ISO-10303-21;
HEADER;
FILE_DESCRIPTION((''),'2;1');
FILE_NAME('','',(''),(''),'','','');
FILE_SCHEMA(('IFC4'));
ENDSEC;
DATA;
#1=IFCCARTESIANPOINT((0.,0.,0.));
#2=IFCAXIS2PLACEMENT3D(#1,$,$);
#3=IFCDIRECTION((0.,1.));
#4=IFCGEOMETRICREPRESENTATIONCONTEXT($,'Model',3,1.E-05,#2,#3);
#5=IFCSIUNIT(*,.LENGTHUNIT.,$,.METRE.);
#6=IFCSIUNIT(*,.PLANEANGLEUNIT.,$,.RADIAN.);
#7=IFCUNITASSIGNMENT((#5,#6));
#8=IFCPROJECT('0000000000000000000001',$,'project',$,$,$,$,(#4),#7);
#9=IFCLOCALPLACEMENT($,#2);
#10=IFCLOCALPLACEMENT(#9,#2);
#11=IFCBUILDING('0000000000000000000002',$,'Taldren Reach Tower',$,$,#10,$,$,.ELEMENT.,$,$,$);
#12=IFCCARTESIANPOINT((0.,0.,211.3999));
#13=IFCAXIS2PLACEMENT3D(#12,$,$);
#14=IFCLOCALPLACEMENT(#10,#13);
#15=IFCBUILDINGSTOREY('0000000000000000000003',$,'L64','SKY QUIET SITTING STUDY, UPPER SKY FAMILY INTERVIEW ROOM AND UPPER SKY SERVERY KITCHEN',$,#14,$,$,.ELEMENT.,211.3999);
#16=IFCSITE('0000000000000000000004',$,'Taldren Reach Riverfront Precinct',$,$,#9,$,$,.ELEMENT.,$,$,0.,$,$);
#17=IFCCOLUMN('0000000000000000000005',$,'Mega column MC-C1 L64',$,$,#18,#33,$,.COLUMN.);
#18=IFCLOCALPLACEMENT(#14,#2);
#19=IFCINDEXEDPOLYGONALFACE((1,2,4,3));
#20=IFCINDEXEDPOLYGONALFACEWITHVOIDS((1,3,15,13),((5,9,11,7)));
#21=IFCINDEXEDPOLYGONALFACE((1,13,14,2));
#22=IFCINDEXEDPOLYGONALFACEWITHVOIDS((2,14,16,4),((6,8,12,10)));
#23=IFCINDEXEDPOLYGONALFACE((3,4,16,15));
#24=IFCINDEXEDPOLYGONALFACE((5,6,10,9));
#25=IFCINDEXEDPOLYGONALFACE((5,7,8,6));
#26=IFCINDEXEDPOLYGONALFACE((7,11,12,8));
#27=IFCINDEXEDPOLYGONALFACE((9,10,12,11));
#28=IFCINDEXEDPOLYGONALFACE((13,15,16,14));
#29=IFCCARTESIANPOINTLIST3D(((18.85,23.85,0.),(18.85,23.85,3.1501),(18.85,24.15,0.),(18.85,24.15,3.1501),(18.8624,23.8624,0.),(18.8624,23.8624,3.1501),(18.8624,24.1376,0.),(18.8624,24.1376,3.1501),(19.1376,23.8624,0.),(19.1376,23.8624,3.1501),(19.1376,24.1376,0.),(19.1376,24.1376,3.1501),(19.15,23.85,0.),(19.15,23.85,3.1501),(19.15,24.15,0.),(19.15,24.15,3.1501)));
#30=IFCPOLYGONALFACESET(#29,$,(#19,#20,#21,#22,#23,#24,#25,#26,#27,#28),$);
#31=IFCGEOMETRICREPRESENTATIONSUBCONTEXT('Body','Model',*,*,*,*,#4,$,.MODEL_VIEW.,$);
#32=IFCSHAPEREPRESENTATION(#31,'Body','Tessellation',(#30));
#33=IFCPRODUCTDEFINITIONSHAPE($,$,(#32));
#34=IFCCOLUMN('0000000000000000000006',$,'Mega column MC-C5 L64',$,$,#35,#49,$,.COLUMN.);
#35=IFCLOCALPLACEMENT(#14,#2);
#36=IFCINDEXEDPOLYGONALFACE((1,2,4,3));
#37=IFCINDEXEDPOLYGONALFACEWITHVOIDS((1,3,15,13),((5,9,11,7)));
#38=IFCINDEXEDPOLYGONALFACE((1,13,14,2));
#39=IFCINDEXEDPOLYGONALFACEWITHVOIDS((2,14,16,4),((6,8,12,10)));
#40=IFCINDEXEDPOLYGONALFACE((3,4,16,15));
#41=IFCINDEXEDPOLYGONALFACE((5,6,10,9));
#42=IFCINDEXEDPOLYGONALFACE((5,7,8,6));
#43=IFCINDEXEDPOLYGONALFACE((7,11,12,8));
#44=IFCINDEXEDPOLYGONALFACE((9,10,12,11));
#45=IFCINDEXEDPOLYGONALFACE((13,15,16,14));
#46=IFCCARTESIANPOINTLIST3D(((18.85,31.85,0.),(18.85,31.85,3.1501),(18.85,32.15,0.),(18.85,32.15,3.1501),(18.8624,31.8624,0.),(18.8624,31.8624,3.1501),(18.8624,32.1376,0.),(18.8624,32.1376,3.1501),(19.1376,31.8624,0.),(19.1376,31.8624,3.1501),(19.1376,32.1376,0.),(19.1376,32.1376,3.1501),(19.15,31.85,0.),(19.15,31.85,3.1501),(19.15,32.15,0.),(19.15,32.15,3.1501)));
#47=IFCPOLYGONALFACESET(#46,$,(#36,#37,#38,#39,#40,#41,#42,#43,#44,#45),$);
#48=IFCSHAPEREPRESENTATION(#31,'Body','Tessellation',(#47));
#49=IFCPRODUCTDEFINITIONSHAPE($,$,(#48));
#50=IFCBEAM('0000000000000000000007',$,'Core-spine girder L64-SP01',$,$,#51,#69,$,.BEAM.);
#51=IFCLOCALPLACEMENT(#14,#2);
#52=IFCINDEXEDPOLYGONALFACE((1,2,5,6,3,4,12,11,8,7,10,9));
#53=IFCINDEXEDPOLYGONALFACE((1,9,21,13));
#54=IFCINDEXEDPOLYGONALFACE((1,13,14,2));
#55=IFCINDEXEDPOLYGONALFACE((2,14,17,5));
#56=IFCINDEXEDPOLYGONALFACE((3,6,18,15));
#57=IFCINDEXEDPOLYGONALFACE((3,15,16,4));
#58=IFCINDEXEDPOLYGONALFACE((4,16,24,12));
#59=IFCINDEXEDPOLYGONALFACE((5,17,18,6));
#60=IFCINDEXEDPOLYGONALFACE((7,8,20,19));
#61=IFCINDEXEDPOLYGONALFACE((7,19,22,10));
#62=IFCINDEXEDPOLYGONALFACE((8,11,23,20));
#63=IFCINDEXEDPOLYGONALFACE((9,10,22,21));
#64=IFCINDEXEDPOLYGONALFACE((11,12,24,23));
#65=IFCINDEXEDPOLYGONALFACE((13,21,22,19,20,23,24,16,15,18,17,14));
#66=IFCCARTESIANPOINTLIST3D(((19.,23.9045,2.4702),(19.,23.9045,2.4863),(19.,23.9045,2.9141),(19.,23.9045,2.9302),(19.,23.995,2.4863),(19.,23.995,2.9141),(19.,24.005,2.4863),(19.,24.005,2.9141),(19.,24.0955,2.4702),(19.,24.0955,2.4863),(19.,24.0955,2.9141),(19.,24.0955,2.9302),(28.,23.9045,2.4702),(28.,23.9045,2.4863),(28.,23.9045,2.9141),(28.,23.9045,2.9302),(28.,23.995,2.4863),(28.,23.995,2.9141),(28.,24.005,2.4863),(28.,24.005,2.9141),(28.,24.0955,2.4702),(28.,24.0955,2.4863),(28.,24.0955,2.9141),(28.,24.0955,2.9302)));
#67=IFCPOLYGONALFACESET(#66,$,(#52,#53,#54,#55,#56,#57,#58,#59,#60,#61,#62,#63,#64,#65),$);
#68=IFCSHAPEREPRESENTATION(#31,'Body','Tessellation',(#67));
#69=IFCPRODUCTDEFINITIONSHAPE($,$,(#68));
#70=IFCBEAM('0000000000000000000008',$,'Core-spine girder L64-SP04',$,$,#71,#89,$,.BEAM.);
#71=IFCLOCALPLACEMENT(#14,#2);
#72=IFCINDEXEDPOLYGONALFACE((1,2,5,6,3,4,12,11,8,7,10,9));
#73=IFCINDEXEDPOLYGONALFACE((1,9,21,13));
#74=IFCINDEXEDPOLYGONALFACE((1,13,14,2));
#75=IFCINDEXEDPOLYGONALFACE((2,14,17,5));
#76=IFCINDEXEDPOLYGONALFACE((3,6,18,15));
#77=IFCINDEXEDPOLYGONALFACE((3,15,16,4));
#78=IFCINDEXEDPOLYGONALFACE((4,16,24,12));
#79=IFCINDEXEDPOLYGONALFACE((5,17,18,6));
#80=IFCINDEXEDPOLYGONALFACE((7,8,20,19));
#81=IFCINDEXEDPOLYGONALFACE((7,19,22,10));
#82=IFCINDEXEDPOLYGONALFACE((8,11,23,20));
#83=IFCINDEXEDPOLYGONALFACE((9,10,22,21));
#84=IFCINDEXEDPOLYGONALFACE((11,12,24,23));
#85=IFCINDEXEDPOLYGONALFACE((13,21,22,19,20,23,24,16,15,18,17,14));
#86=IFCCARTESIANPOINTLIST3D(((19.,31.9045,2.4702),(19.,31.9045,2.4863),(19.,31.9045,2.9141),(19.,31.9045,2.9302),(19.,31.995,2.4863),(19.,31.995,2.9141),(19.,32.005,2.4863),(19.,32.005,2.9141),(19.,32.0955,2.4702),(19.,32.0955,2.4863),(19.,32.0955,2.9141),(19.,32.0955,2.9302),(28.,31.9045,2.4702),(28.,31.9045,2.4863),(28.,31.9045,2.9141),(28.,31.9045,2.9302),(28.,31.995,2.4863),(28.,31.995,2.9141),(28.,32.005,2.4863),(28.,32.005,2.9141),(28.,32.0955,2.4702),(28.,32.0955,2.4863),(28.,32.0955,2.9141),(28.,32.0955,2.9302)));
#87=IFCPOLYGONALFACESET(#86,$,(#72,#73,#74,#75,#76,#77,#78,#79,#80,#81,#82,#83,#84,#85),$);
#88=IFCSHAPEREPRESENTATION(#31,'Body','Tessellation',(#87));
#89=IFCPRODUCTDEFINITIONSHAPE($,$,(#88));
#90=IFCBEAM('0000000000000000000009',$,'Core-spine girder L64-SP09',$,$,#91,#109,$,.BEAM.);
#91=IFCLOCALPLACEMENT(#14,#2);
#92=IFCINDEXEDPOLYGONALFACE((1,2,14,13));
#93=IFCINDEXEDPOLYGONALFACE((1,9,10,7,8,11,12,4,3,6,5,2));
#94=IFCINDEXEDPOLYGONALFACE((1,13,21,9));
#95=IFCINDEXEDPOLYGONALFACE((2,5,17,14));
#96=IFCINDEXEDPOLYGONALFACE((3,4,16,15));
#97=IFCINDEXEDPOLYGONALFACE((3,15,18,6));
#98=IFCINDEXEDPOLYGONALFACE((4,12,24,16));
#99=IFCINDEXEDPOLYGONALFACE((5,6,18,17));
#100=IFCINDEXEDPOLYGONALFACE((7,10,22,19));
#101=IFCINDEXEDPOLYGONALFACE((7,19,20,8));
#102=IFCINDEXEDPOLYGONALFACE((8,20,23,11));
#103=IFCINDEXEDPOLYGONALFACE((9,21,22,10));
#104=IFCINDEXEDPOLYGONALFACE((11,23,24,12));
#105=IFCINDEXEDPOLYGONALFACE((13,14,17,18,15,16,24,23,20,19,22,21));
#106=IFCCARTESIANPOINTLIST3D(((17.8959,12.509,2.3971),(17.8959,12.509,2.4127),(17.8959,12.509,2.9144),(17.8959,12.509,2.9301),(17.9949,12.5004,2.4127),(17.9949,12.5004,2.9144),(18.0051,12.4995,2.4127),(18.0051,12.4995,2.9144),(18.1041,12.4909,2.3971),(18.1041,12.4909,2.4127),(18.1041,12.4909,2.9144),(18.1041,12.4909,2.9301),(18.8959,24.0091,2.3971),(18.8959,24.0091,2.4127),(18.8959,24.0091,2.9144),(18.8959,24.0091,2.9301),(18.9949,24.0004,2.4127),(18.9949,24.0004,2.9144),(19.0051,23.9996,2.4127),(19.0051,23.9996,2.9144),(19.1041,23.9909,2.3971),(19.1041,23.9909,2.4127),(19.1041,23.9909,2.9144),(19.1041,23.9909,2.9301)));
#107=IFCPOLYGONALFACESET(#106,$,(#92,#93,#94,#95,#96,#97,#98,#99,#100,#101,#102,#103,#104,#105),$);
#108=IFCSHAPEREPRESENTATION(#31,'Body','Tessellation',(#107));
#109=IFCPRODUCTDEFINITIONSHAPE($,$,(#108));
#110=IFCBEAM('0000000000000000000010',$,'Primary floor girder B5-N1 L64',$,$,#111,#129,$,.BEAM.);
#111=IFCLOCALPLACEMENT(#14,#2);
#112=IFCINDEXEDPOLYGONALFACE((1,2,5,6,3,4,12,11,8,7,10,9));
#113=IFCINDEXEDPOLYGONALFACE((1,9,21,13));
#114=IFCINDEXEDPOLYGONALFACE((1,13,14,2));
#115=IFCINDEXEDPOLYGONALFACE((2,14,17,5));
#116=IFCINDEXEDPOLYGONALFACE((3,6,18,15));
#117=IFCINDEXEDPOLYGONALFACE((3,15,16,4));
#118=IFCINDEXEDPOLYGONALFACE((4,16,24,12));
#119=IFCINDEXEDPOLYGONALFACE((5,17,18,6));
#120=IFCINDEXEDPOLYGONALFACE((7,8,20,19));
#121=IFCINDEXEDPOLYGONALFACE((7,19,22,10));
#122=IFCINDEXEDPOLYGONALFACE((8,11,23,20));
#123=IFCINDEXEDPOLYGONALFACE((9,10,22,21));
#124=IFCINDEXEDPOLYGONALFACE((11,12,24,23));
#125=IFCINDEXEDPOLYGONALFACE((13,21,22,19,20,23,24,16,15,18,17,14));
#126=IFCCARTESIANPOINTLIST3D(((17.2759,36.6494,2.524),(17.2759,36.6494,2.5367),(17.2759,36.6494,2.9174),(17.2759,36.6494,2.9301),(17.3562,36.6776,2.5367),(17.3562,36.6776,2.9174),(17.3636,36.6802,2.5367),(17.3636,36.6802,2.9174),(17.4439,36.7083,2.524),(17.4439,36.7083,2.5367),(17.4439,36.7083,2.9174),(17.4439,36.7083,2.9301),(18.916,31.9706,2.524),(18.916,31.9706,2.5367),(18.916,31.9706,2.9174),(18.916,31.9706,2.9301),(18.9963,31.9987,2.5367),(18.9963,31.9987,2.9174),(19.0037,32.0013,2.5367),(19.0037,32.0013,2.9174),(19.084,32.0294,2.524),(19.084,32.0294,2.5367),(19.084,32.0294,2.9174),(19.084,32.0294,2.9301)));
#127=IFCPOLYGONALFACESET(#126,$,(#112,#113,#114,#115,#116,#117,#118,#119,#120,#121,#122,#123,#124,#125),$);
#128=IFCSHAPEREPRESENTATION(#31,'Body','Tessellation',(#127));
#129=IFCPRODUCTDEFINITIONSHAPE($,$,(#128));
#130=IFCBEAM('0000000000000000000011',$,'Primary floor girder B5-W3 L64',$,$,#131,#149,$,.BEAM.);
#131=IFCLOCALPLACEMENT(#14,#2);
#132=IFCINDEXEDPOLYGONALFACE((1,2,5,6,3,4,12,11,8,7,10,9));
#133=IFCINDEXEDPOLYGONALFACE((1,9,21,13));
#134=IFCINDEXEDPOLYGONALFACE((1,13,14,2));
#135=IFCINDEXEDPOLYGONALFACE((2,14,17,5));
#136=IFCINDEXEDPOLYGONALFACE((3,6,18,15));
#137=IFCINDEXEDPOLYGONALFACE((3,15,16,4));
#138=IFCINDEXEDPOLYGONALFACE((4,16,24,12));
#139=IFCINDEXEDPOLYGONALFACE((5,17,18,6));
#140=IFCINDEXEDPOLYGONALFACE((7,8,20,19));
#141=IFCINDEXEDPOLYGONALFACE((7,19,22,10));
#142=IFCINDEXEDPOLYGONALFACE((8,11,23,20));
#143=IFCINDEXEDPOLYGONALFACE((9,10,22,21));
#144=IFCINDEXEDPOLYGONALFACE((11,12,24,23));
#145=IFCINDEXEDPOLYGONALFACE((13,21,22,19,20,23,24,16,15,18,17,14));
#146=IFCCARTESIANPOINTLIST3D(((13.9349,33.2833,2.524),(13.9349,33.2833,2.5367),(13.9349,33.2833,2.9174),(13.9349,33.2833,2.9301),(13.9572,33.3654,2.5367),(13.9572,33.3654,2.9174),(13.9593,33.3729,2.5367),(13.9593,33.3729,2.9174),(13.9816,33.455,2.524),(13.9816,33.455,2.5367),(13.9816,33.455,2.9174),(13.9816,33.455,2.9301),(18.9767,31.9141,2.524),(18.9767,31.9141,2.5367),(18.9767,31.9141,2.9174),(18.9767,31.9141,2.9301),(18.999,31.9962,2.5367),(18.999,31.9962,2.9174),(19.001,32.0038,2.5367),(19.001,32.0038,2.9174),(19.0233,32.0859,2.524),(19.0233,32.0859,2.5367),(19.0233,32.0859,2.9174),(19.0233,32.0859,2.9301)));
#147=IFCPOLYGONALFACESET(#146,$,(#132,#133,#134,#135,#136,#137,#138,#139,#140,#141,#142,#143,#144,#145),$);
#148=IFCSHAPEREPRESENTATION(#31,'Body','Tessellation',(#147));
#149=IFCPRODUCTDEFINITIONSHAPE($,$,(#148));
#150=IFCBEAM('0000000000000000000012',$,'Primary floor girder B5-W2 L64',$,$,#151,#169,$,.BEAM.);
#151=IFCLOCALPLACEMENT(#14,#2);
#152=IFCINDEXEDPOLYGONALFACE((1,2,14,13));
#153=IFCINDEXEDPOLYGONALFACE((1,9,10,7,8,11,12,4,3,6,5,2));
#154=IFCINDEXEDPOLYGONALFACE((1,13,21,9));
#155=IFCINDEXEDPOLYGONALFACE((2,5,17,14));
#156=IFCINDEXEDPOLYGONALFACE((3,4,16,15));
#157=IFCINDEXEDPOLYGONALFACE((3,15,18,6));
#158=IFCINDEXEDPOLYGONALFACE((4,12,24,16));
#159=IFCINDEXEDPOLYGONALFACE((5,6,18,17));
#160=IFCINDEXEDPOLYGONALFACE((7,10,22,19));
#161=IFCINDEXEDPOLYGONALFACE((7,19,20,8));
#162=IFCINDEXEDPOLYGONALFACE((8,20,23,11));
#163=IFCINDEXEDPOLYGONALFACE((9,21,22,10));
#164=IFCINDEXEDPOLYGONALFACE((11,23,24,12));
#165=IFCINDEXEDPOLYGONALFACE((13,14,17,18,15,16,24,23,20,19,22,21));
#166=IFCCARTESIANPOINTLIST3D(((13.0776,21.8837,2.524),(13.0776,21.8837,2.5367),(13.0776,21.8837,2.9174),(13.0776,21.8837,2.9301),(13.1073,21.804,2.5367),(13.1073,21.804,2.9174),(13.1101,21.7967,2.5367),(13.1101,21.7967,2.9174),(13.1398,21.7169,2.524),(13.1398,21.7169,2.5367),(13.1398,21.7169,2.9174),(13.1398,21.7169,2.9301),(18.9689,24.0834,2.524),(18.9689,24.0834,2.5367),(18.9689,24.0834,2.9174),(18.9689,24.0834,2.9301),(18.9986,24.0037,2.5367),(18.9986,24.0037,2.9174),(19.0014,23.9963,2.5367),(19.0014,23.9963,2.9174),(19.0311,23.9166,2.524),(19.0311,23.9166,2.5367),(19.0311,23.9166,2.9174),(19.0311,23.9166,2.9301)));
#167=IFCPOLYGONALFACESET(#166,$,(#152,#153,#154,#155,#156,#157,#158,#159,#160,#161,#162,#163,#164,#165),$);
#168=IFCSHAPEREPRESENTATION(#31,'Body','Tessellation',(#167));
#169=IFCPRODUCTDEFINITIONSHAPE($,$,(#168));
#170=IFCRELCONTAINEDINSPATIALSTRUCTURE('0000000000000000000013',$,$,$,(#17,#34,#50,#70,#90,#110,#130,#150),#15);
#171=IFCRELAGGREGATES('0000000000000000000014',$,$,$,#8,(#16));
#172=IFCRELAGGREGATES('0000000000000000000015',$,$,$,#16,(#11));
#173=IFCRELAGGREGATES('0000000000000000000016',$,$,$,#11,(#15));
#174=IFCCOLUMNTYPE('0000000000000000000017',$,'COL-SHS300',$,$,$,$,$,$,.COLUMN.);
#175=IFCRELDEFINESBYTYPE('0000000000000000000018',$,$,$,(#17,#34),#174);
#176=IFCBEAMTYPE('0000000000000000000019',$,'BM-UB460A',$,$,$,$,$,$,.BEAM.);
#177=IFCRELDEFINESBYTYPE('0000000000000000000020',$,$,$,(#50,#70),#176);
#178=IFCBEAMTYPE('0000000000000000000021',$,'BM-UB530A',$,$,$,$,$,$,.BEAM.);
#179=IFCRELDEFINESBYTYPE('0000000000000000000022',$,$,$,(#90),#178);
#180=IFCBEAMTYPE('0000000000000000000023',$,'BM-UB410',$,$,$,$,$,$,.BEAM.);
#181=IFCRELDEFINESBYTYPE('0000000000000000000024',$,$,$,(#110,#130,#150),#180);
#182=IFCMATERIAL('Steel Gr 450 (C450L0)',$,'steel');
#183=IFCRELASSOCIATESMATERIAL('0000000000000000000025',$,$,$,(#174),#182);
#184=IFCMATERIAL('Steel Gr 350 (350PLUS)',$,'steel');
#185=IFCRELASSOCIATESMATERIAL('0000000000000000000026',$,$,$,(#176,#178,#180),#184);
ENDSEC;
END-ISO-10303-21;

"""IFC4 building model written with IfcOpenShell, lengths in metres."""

from ifc_helpers import new_model, si_unit, direction, frame, origin, origin_2d, place, context, subcontext, project, spatial, hollow_rectangle, i_section, extrude, source, transform, mapped, material, material_profile, profile_set, type_object, element, save


model = new_model("IFC4")

# Units and contexts
model_context = context("Model", 3, precision=1e-05, world=origin(), true_north=direction((0.0, 1.0)))
body_context = subcontext(model_context, "Body", "Model", "MODEL_VIEW")
ifc_project = project(units=[si_unit("LENGTHUNIT", "METRE"), si_unit("PLANEANGLEUNIT", "RADIAN")], contexts=[model_context])

# Site, building, storey
site_placement = place(None, origin())
site = spatial("IfcSite", under=ifc_project, at=site_placement, Name="Taldren Reach Riverfront Precinct", CompositionType="ELEMENT", RefElevation=0.0)
building_placement = place(site_placement, origin())
building = spatial("IfcBuilding", under=site, at=building_placement, Name="Taldren Reach Tower", CompositionType="ELEMENT")
storey_placement = place(building_placement, frame((0.0, 0.0, 211.3999)))
storey = spatial("IfcBuildingStorey", under=building, at=storey_placement, Name="L64", Description="SKY QUIET SITTING STUDY, UPPER SKY FAMILY INTERVIEW ROOM AND UPPER SKY SERVERY KITCHEN", CompositionType="ELEMENT", Elevation=211.3999)

# Columns
ifc_material_1 = material(Name="Steel Gr 450 (C450L0)", Category="steel")
ifc_material_profile_1 = material_profile(ifc_material_1, hollow_rectangle(XDim=0.3, YDim=0.3, WallThickness=0.0125, at=origin_2d()), Name="300x300x12.5SHS")
ifc_profile_set_1 = profile_set([ifc_material_profile_1], Name="Steel Gr 450 (C450L0)")
column_type = type_object("IfcColumnType", Name="COL-SHS300", PredefinedType="COLUMN", material=ifc_profile_set_1)
shared_shape_1 = source(origin(), body_context, "Body", "SweptSolid", [
    extrude(hollow_rectangle(XDim=0.3, YDim=0.3, WallThickness=0.0125, at=origin_2d()), origin(), (0.0, 0.0, 1.0), 3.1501),
])
for number, where, z_axis, x_axis, name in (
    (1, (19.0, 24.0, 0.0), (0.0, 0.0, 1.0), (1.0, 0.0, 0.0), "Mega column MC-C1 L64"),
    (2, (19.0, 32.0, 0.0), (0.0, 0.0, 1.0), (1.0, 0.0, 0.0), "Mega column MC-C5 L64"),
):
    element("IfcColumn", number, at=place(storey_placement, frame(where, z_axis=z_axis, x_axis=x_axis)), inside=storey, type_object=column_type, Name=name, PredefinedType="COLUMN", context=body_context, shape_type="MappedRepresentation", body=[
        mapped(shared_shape_1, transform((0.0, 0.0, 0.0), scale=1.0)),
    ])

# Beams
ifc_material_2 = material(Name="Steel Gr 350 (350PLUS)", Category="steel")
ifc_material_profile_2 = material_profile(ifc_material_2, i_section(OverallWidth=0.1909, OverallDepth=0.46, WebThickness=0.01, FlangeThickness=0.0161, at=origin_2d()), Name="460UB82.1")
ifc_profile_set_2 = profile_set([ifc_material_profile_2], Name="Steel Gr 350 (350PLUS)")
beam_type_1 = type_object("IfcBeamType", Name="BM-UB460A", PredefinedType="BEAM", material=ifc_profile_set_2)
shared_shape_2 = source(origin(), body_context, "Body", "SweptSolid", [
    extrude(i_section(OverallWidth=0.1909, OverallDepth=0.46, WebThickness=0.01, FlangeThickness=0.0161, at=origin_2d()), origin(), (0.0, 0.0, 1.0), 9.0),
])
for number, where, z_axis, x_axis, name in (
    (3, (19.0, 24.0, 2.7002), (1.0, 0.0, 0.0), (0.0, 1.0, 0.0), "Core-spine girder L64-SP01"),
    (4, (19.0, 32.0, 2.7002), (1.0, 0.0, 0.0), (0.0, 1.0, 0.0), "Core-spine girder L64-SP04"),
):
    element("IfcBeam", number, at=place(storey_placement, frame(where, z_axis=z_axis, x_axis=x_axis)), inside=storey, type_object=beam_type_1, Name=name, PredefinedType="BEAM", context=body_context, shape_type="MappedRepresentation", body=[
        mapped(shared_shape_2, transform((0.0, 0.0, 0.0), scale=1.0)),
    ])
ifc_material_profile_3 = material_profile(ifc_material_2, i_section(OverallWidth=0.209, OverallDepth=0.533, WebThickness=0.0103, FlangeThickness=0.0156, at=origin_2d()), Name="530UB92.4")
ifc_profile_set_3 = profile_set([ifc_material_profile_3], Name="Steel Gr 350 (350PLUS)")
beam_type_2 = type_object("IfcBeamType", Name="BM-UB530A", PredefinedType="BEAM", material=ifc_profile_set_3)
shared_shape_3 = source(origin(), body_context, "Body", "SweptSolid", [
    extrude(i_section(OverallWidth=0.209, OverallDepth=0.533, WebThickness=0.0103, FlangeThickness=0.0156, at=origin_2d()), origin(), (0.0, 0.0, 1.0), 11.5435),
])
beam_1_placement = place(storey_placement, frame((19.0, 24.0, 2.6636), z_axis=(-0.08663, -0.996241, 0.0), x_axis=(0.996241, -0.08663, 0.0)))
element("IfcBeam", 5, at=beam_1_placement, inside=storey, type_object=beam_type_2, Name="Core-spine girder L64-SP09", PredefinedType="BEAM", context=body_context, shape_type="MappedRepresentation", body=[
    mapped(shared_shape_3, transform((0.0, 0.0, 0.0), scale=1.0)),
])
ifc_material_profile_4 = material_profile(ifc_material_2, i_section(OverallWidth=0.178, OverallDepth=0.406, WebThickness=0.0078, FlangeThickness=0.0127, at=origin_2d()), Name="410UB59.7")
ifc_profile_set_4 = profile_set([ifc_material_profile_4], Name="Steel Gr 350 (350PLUS)")
beam_type_3 = type_object("IfcBeamType", Name="BM-UB410", PredefinedType="BEAM", material=ifc_profile_set_4)
shared_shape_4 = source(origin(), body_context, "Body", "SweptSolid", [
    extrude(i_section(OverallWidth=0.178, OverallDepth=0.406, WebThickness=0.0078, FlangeThickness=0.0127, at=origin_2d()), origin(), (0.0, 0.0, 1.0), 4.958),
])
beam_2_placement = place(storey_placement, frame((19.0, 32.0, 2.7271), z_axis=(-0.3308, 0.943701, 0.0), x_axis=(-0.943701, -0.3308, 0.0)))
element("IfcBeam", 6, at=beam_2_placement, inside=storey, type_object=beam_type_3, Name="Primary floor girder B5-N1 L64", PredefinedType="BEAM", context=body_context, shape_type="MappedRepresentation", body=[
    mapped(shared_shape_4, transform((0.0, 0.0, 0.0), scale=1.0)),
])
shared_shape_5 = source(origin(), body_context, "Body", "SweptSolid", [
    extrude(i_section(OverallWidth=0.178, OverallDepth=0.406, WebThickness=0.0078, FlangeThickness=0.0127, at=origin_2d()), origin(), (0.0, 0.0, 1.0), 5.2244),
])
beam_3_placement = place(storey_placement, frame((19.0, 32.0, 2.7271), z_axis=(-0.965049, 0.262069, 0.0), x_axis=(-0.262069, -0.965049, 0.0)))
element("IfcBeam", 7, at=beam_3_placement, inside=storey, type_object=beam_type_3, Name="Primary floor girder B5-W3 L64", PredefinedType="BEAM", context=body_context, shape_type="MappedRepresentation", body=[
    mapped(shared_shape_5, transform((0.0, 0.0, 0.0), scale=1.0)),
])
shared_shape_6 = source(origin(), body_context, "Body", "SweptSolid", [
    extrude(i_section(OverallWidth=0.178, OverallDepth=0.406, WebThickness=0.0078, FlangeThickness=0.0127, at=origin_2d()), origin(), (0.0, 0.0, 1.0), 6.2886),
])
beam_4_placement = place(storey_placement, frame((19.0, 24.0, 2.7271), z_axis=(-0.936828, -0.349791, 0.0), x_axis=(0.349791, -0.936828, 0.0)))
element("IfcBeam", 8, at=beam_4_placement, inside=storey, type_object=beam_type_3, Name="Primary floor girder B5-W2 L64", PredefinedType="BEAM", context=body_context, shape_type="MappedRepresentation", body=[
    mapped(shared_shape_6, transform((0.0, 0.0, 0.0), scale=1.0)),
])

save(model, "model.ifc")
